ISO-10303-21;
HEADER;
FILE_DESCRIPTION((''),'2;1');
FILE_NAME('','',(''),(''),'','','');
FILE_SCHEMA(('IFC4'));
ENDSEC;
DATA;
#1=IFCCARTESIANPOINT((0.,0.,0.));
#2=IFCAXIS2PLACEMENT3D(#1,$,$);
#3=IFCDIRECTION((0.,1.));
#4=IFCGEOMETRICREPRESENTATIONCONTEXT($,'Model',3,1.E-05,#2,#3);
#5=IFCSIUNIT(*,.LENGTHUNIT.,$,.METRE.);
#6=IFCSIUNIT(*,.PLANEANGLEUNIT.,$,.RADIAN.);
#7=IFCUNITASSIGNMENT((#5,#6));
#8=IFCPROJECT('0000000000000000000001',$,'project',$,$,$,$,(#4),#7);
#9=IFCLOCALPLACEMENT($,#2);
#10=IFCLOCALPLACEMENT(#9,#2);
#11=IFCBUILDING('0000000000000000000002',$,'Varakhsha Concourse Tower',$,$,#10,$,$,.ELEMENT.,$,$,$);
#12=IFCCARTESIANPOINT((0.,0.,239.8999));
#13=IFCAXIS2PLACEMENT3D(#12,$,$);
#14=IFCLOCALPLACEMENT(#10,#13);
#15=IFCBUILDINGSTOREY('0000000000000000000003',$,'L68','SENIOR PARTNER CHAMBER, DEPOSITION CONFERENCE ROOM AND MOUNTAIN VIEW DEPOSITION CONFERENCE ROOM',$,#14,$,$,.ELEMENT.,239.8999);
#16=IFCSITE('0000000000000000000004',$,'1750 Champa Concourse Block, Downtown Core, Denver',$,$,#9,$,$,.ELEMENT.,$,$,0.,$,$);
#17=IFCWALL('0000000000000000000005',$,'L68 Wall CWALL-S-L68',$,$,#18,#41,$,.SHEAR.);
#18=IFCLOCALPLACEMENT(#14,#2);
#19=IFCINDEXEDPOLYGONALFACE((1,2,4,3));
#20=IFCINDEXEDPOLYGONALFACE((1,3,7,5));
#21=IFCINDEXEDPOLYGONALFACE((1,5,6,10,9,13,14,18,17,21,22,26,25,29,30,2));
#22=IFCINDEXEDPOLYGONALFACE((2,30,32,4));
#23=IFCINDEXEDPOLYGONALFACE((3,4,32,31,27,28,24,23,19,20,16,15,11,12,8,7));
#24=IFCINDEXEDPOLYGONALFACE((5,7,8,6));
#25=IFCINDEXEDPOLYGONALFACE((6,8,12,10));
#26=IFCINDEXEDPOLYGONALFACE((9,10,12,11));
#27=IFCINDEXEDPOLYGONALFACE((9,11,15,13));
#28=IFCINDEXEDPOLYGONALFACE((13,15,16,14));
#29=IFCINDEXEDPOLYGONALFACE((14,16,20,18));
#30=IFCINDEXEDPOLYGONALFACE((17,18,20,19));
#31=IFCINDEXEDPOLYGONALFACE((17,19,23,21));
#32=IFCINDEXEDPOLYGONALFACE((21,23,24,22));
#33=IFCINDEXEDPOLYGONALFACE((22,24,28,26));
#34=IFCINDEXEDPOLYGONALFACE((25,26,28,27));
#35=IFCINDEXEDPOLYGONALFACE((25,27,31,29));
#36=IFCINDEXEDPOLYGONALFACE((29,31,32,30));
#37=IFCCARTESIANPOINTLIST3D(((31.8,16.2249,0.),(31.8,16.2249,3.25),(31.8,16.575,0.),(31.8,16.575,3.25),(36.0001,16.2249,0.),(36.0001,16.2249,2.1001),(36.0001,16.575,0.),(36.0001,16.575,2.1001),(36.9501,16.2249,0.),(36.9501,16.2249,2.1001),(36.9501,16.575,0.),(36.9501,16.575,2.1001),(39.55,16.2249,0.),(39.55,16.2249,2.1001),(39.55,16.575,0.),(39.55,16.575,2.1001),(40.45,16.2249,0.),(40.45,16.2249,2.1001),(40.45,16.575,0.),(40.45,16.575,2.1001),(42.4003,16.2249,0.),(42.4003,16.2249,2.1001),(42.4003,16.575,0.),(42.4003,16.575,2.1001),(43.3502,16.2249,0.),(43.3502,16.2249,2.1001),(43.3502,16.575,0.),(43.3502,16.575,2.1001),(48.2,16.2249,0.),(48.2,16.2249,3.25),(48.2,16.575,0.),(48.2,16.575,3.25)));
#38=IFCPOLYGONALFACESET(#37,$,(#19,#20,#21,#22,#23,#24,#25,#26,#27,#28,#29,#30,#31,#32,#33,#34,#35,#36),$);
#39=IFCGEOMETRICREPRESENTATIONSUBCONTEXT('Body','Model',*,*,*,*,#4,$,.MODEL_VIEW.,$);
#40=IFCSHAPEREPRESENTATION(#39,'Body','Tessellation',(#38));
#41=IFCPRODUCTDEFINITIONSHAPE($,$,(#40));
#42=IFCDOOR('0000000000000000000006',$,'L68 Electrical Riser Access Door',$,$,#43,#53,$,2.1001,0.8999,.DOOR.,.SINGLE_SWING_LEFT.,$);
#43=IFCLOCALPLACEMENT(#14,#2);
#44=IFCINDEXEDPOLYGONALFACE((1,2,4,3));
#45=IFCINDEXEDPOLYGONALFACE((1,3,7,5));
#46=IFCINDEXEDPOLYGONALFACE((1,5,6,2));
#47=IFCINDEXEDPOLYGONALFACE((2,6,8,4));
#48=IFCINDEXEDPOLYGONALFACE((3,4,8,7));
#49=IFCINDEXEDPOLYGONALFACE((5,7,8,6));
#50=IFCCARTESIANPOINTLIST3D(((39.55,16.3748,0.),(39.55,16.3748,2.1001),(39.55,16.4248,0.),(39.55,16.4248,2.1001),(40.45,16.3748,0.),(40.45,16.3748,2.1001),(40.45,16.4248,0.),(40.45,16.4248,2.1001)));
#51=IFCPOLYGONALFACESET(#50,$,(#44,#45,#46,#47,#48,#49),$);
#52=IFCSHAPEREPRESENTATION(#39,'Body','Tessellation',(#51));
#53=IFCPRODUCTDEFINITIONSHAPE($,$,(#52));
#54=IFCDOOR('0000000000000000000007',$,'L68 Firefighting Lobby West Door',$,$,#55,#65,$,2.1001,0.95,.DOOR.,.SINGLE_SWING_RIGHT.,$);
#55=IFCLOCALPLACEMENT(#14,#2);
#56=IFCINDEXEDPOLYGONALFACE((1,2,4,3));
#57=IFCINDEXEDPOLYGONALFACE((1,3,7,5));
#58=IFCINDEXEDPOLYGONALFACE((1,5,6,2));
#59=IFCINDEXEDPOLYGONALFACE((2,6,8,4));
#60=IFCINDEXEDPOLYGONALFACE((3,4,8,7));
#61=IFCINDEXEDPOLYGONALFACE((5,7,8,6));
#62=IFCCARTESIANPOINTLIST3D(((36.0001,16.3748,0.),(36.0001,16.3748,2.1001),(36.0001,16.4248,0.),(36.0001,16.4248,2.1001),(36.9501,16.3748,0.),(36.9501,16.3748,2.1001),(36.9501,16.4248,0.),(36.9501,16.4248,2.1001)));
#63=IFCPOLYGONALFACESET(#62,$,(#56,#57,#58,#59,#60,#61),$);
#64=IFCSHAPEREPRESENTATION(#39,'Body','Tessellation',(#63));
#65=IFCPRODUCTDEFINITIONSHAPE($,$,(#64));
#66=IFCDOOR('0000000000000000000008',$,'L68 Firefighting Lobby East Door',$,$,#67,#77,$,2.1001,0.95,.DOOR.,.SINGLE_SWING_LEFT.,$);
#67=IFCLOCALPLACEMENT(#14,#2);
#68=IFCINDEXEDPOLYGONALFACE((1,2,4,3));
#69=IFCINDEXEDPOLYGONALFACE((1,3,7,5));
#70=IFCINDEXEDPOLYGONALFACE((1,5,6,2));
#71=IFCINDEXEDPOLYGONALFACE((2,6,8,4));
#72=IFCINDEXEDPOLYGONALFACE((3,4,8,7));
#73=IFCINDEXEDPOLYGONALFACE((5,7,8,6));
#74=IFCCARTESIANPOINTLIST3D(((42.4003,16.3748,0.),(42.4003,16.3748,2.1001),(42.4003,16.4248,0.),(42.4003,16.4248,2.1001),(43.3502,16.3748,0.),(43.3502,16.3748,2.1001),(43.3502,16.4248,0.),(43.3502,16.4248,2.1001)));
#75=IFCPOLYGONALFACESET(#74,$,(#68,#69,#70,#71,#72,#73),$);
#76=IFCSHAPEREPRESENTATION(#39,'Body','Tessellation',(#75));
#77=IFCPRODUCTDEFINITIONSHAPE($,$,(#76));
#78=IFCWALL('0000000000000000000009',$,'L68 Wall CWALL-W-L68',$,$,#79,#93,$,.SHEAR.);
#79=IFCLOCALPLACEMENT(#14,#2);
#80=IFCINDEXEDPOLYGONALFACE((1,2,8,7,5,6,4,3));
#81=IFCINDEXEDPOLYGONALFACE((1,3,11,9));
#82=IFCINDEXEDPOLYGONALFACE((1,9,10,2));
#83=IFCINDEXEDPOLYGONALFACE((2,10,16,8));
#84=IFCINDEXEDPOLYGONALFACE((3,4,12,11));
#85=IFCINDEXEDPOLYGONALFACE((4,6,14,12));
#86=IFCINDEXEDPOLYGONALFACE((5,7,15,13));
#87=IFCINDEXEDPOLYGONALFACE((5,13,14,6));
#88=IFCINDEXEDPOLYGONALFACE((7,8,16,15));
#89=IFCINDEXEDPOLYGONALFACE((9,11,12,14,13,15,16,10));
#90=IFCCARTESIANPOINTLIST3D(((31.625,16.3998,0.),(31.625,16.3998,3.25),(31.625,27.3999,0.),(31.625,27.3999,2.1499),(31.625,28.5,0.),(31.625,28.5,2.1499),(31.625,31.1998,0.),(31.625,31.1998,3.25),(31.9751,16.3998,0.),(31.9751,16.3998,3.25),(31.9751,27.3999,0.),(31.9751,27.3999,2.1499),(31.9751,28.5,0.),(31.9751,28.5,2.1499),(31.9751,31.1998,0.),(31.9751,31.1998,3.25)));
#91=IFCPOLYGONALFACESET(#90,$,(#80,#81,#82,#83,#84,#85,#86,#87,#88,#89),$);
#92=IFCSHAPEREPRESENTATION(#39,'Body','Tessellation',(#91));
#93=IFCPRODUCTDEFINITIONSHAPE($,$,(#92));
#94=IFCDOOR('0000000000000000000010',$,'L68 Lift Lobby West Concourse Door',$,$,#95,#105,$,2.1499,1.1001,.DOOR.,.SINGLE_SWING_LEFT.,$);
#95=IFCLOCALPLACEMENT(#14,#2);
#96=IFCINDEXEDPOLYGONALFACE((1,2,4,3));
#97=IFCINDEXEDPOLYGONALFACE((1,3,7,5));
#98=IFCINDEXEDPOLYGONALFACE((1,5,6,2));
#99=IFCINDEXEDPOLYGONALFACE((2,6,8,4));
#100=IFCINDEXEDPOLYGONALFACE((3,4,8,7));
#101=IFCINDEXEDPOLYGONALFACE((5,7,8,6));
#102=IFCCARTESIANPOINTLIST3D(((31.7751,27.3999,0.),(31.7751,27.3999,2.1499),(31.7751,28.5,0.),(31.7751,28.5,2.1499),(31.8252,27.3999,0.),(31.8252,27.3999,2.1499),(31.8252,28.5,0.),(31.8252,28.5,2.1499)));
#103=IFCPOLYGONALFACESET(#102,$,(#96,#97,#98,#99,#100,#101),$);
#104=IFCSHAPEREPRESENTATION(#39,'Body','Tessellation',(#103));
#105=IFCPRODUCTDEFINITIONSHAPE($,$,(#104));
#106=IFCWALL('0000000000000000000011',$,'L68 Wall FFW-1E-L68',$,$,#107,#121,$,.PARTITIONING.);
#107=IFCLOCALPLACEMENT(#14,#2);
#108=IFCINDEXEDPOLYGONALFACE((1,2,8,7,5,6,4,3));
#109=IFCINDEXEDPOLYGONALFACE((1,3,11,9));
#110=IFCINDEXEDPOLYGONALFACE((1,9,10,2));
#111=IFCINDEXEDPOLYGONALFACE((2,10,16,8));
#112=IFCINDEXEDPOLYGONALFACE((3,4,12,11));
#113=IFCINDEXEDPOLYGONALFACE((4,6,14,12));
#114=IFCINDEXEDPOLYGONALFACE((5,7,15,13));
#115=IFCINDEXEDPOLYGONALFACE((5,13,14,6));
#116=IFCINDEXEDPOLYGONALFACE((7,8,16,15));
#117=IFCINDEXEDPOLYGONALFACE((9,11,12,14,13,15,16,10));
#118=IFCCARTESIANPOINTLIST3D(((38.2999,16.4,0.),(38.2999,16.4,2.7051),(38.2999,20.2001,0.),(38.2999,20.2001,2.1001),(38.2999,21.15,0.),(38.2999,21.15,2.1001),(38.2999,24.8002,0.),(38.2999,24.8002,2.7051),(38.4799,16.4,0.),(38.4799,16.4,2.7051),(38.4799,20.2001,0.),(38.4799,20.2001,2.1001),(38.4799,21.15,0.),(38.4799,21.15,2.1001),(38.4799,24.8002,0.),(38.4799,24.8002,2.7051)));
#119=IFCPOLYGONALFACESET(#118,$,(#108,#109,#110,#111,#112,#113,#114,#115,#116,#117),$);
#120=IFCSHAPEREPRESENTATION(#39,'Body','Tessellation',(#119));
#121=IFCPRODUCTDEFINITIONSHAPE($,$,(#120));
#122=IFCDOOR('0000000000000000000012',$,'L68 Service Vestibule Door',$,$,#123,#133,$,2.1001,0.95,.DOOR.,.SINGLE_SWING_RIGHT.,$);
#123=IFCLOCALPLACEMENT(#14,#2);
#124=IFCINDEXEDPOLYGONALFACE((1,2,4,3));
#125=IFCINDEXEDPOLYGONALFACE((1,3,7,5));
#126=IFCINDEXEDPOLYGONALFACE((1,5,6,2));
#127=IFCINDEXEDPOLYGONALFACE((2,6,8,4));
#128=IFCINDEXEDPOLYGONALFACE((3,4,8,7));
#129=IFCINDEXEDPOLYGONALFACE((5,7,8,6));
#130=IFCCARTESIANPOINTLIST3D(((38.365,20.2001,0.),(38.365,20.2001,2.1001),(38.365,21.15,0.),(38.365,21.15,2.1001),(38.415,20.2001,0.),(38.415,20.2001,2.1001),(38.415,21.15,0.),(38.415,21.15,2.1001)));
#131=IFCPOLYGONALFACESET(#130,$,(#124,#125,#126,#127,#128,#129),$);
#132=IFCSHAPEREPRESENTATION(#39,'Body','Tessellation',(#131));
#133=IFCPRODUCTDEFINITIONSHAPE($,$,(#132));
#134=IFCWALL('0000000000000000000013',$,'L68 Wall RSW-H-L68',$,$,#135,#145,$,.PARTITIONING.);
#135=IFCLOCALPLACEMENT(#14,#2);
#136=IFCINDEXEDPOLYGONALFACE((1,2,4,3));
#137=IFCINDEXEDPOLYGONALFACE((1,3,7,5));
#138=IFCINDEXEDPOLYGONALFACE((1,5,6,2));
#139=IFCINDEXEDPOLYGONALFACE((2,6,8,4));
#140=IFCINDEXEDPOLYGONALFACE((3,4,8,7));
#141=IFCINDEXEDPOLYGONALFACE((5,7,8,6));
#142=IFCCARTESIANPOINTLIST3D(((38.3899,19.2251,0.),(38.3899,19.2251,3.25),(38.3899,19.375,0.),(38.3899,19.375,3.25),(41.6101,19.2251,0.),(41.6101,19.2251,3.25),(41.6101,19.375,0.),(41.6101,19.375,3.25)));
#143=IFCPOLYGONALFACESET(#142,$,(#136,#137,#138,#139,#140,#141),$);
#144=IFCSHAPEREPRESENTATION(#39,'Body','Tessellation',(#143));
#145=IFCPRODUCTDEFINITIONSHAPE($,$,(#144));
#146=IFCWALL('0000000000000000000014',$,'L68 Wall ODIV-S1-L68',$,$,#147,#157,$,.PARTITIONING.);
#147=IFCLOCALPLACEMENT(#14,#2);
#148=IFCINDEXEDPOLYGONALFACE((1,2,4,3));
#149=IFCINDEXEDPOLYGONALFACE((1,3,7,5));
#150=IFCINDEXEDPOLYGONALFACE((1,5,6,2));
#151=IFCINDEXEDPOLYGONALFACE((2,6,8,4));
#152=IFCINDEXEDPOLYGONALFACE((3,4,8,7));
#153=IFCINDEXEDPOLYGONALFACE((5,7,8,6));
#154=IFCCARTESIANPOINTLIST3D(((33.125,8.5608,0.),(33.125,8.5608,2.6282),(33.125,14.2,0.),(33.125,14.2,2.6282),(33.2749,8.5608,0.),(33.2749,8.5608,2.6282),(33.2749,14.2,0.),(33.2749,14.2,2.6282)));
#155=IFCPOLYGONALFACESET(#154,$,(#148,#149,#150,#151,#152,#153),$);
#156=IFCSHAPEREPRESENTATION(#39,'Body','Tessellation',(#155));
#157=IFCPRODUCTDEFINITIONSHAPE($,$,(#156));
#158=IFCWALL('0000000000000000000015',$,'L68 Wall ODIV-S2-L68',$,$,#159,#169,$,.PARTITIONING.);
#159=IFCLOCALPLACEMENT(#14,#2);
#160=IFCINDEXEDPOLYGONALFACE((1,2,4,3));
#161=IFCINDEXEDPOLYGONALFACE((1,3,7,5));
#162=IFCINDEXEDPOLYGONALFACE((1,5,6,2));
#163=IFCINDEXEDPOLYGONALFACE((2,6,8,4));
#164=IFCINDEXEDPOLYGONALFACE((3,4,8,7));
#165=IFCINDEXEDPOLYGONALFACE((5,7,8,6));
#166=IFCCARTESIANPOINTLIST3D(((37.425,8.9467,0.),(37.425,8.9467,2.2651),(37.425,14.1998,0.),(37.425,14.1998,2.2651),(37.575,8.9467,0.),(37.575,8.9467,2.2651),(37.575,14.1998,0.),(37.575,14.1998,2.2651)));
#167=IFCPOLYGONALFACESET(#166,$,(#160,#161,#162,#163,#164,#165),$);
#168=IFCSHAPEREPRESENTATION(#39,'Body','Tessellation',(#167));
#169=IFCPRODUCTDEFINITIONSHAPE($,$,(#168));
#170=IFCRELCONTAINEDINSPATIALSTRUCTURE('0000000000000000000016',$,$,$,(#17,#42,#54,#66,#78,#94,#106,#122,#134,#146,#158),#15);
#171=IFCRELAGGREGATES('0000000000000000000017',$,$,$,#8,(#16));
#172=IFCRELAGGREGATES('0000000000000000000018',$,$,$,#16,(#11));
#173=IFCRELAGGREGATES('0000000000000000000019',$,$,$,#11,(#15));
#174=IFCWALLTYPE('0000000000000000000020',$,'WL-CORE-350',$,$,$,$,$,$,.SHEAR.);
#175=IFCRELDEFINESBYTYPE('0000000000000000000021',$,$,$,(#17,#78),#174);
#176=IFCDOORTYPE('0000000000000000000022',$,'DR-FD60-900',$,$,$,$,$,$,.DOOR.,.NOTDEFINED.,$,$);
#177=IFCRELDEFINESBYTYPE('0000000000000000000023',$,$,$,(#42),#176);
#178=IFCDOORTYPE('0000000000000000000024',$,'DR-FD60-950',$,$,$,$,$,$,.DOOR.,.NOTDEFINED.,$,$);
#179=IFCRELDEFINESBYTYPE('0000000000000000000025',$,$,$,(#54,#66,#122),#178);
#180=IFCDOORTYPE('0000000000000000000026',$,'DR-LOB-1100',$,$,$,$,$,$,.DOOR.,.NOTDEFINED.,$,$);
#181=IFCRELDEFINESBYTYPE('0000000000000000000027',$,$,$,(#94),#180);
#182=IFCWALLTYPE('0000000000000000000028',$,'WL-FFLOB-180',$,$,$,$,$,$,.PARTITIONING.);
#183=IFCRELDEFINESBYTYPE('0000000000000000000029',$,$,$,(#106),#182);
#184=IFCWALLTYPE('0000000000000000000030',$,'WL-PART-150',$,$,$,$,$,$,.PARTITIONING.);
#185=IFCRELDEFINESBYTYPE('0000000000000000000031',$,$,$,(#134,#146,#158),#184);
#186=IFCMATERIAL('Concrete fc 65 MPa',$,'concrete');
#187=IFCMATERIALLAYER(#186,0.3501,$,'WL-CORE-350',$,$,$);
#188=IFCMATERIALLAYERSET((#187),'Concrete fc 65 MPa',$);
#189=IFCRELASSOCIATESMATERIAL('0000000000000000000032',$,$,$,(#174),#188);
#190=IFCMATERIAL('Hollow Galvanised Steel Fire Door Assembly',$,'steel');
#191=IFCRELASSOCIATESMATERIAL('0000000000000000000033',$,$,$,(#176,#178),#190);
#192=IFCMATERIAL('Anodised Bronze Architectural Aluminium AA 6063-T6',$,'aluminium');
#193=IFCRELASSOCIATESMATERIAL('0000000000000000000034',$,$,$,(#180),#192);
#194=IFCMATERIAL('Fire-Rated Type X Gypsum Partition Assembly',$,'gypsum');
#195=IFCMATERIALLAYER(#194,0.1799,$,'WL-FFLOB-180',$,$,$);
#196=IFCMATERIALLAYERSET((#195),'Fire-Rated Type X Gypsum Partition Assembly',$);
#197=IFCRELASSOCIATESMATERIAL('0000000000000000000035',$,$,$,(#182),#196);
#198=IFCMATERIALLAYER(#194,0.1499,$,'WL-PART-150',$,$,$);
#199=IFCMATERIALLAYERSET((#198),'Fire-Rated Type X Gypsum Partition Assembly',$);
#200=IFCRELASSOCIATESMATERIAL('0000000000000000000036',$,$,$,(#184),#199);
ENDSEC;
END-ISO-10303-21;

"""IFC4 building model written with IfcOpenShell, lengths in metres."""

from ifc_helpers import new_model, si_unit, direction, frame, frame_2d, origin, place, context, subcontext, project, spatial, rectangle, extrude, material, layer, layer_set, type_object, element, fill, save


model = new_model("IFC4")

# Units and contexts
model_context = context("Model", 3, precision=1e-05, world=origin(), true_north=direction((0.0, 1.0)))
body_context = subcontext(model_context, "Body", "Model", "MODEL_VIEW")
ifc_project = project(units=[si_unit("LENGTHUNIT", "METRE"), si_unit("PLANEANGLEUNIT", "RADIAN")], contexts=[model_context])

# Site, building, storey
site_placement = place(None, origin())
site = spatial("IfcSite", under=ifc_project, at=site_placement, Name="1750 Champa Concourse Block, Downtown Core, Denver", CompositionType="ELEMENT", RefElevation=0.0)
building_placement = place(site_placement, origin())
building = spatial("IfcBuilding", under=site, at=building_placement, Name="Varakhsha Concourse Tower", CompositionType="ELEMENT")
storey_placement = place(building_placement, frame((0.0, 0.0, 239.8999)))
storey = spatial("IfcBuildingStorey", under=building, at=storey_placement, Name="L68", Description="SENIOR PARTNER CHAMBER, DEPOSITION CONFERENCE ROOM AND MOUNTAIN VIEW DEPOSITION CONFERENCE ROOM", CompositionType="ELEMENT", Elevation=239.8999)

# Shared definitions
ifc_material_1 = material(Name="Anodised Bronze Architectural Aluminium AA 6063-T6", Category="aluminium")

# Wall, openings, doors
ifc_material_2 = material(Name="Concrete fc 65 MPa", Category="concrete")
ifc_layer_1 = layer(ifc_material_2, 0.3501, Name="WL-CORE-350")
ifc_layer_set_1 = layer_set([ifc_layer_1], Name="Concrete fc 65 MPa")
wall_type_1 = type_object("IfcWallType", Name="WL-CORE-350", PredefinedType="SHEAR", material=ifc_layer_set_1)
wall_1_placement = place(storey_placement, frame((31.8, 16.3999, 0.0), z_axis=(0.0, 0.0, 1.0), x_axis=(1.0, 0.0, 0.0)))
wall_1 = element("IfcWall", 1, at=wall_1_placement, inside=storey, type_object=wall_type_1, Name="L68 Wall CWALL-S-L68", PredefinedType="SHEAR", context=body_context, shape_type="SweptSolid", body=[
    extrude(rectangle(XDim=16.3999, YDim=0.3501, at=frame_2d((8.2, 0.0))), origin(), (0.0, 0.0, 1.0), 3.25),
])
opening_1_placement = place(wall_1_placement, frame((7.75, 0.0, 0.0)))
opening_1 = element("IfcOpeningElement", 2, at=opening_1_placement, cuts=wall_1, PredefinedType="OPENING", context=body_context, shape_type="SweptSolid", body=[
    extrude(rectangle(XDim=0.8999, YDim=2.1001, at=frame_2d((0.45, 1.05))), frame((0.0, 0.1851, 0.0), z_axis=(0.0, -1.0, 0.0), x_axis=(1.0, 0.0, 0.0)), (0.0, 0.0, 1.0), 0.3701),
])
opening_2_placement = place(wall_1_placement, frame((4.2, 0.0, 0.0)))
opening_2 = element("IfcOpeningElement", 3, at=opening_2_placement, cuts=wall_1, PredefinedType="OPENING", context=body_context, shape_type="SweptSolid", body=[
    extrude(rectangle(XDim=0.95, YDim=2.1001, at=frame_2d((0.4751, 1.05))), frame((0.0, 0.1851, 0.0), z_axis=(0.0, -1.0, 0.0), x_axis=(1.0, 0.0, 0.0)), (0.0, 0.0, 1.0), 0.3701),
])
opening_3_placement = place(wall_1_placement, frame((10.6001, 0.0, 0.0)))
opening_3 = element("IfcOpeningElement", 4, at=opening_3_placement, cuts=wall_1, PredefinedType="OPENING", context=body_context, shape_type="SweptSolid", body=[
    extrude(rectangle(XDim=0.95, YDim=2.1001, at=frame_2d((0.4751, 1.05))), frame((0.0, 0.1851, 0.0), z_axis=(0.0, -1.0, 0.0), x_axis=(1.0, 0.0, 0.0)), (0.0, 0.0, 1.0), 0.3701),
])
ifc_material_3 = material(Name="Hollow Galvanised Steel Fire Door Assembly", Category="steel")
door_type_1 = type_object("IfcDoorType", Name="DR-FD60-900", OperationType="NOTDEFINED", PredefinedType="DOOR", material=ifc_material_3)
door_1_placement = place(opening_1_placement, origin())
door_1 = element("IfcDoor", 5, at=door_1_placement, inside=storey, type_object=door_type_1, Name="L68 Electrical Riser Access Door", OperationType="SINGLE_SWING_LEFT", OverallHeight=2.1001, OverallWidth=0.8999, PredefinedType="DOOR", context=body_context, shape_type="SweptSolid", body=[
    extrude(rectangle(XDim=0.8999, YDim=2.1001, at=frame_2d((0.45, 1.05))), frame((0.0, 0.0249, 0.0), z_axis=(0.0, -1.0, 0.0), x_axis=(1.0, 0.0, 0.0)), (0.0, 0.0, 1.0), 0.05),
])
fill(opening_1, door_1)
door_type_2 = type_object("IfcDoorType", Name="DR-FD60-950", OperationType="NOTDEFINED", PredefinedType="DOOR", material=ifc_material_3)
door_2_placement = place(opening_2_placement, origin())
door_2 = element("IfcDoor", 6, at=door_2_placement, inside=storey, type_object=door_type_2, Name="L68 Firefighting Lobby West Door", OperationType="SINGLE_SWING_RIGHT", OverallHeight=2.1001, OverallWidth=0.95, PredefinedType="DOOR", context=body_context, shape_type="SweptSolid", body=[
    extrude(rectangle(XDim=0.95, YDim=2.1001, at=frame_2d((0.4751, 1.05))), frame((0.0, 0.0249, 0.0), z_axis=(0.0, -1.0, 0.0), x_axis=(1.0, 0.0, 0.0)), (0.0, 0.0, 1.0), 0.05),
])
fill(opening_2, door_2)
door_3_placement = place(opening_3_placement, origin())
door_3 = element("IfcDoor", 7, at=door_3_placement, inside=storey, type_object=door_type_2, Name="L68 Firefighting Lobby East Door", OperationType="SINGLE_SWING_LEFT", OverallHeight=2.1001, OverallWidth=0.95, PredefinedType="DOOR", context=body_context, shape_type="SweptSolid", body=[
    extrude(rectangle(XDim=0.95, YDim=2.1001, at=frame_2d((0.4751, 1.05))), frame((0.0, 0.0249, 0.0), z_axis=(0.0, -1.0, 0.0), x_axis=(1.0, 0.0, 0.0)), (0.0, 0.0, 1.0), 0.05),
])
fill(opening_3, door_3)

# Walls, openings, doors
wall_2_placement = place(storey_placement, frame((31.8, 16.3999, 0.0), z_axis=(0.0, 0.0, 1.0), x_axis=(0.0, 1.0, 0.0)))
wall_2 = element("IfcWall", 8, at=wall_2_placement, inside=storey, type_object=wall_type_1, Name="L68 Wall CWALL-W-L68", PredefinedType="SHEAR", context=body_context, shape_type="SweptSolid", body=[
    extrude(rectangle(XDim=14.8, YDim=0.3501, at=frame_2d((7.3999, 0.0))), origin(), (0.0, 0.0, 1.0), 3.25),
])
opening_4_placement = place(wall_2_placement, frame((11.0, 0.0, 0.0)))
opening_4 = element("IfcOpeningElement", 9, at=opening_4_placement, cuts=wall_2, PredefinedType="OPENING", context=body_context, shape_type="SweptSolid", body=[
    extrude(rectangle(XDim=1.1001, YDim=2.1499, at=frame_2d((0.55, 1.075))), frame((0.0, 0.1851, 0.0), z_axis=(0.0, -1.0, 0.0), x_axis=(1.0, 0.0, 0.0)), (0.0, 0.0, 1.0), 0.3701),
])
door_type_3 = type_object("IfcDoorType", Name="DR-LOB-1100", OperationType="NOTDEFINED", PredefinedType="DOOR", material=ifc_material_1)
door_4_placement = place(opening_4_placement, origin())
door_4 = element("IfcDoor", 10, at=door_4_placement, inside=storey, type_object=door_type_3, Name="L68 Lift Lobby West Concourse Door", OperationType="SINGLE_SWING_LEFT", OverallHeight=2.1499, OverallWidth=1.1001, PredefinedType="DOOR", context=body_context, shape_type="SweptSolid", body=[
    extrude(rectangle(XDim=1.1001, YDim=2.1499, at=frame_2d((0.55, 1.075))), frame((0.0, 0.0249, 0.0), z_axis=(0.0, -1.0, 0.0), x_axis=(1.0, 0.0, 0.0)), (0.0, 0.0, 1.0), 0.05),
])
fill(opening_4, door_4)
ifc_material_4 = material(Name="Fire-Rated Type X Gypsum Partition Assembly", Category="gypsum")
ifc_layer_2 = layer(ifc_material_4, 0.1799, Name="WL-FFLOB-180")
ifc_layer_set_2 = layer_set([ifc_layer_2], Name="Fire-Rated Type X Gypsum Partition Assembly")
wall_type_2 = type_object("IfcWallType", Name="WL-FFLOB-180", PredefinedType="PARTITIONING", material=ifc_layer_set_2)
wall_3_placement = place(storey_placement, frame((38.3899, 16.3999, 0.0), z_axis=(0.0, 0.0, 1.0), x_axis=(0.0, 1.0, 0.0)))
wall_3 = element("IfcWall", 11, at=wall_3_placement, inside=storey, type_object=wall_type_2, Name="L68 Wall FFW-1E-L68", PredefinedType="PARTITIONING", context=body_context, shape_type="SweptSolid", body=[
    extrude(rectangle(XDim=8.4001, YDim=0.1799, at=frame_2d((4.2002, 0.0))), origin(), (0.0, 0.0, 1.0), 2.7051),
])
opening_5_placement = place(wall_3_placement, frame((3.8, 0.0, 0.0)))
opening_5 = element("IfcOpeningElement", 12, at=opening_5_placement, cuts=wall_3, PredefinedType="OPENING", context=body_context, shape_type="SweptSolid", body=[
    extrude(rectangle(XDim=0.95, YDim=2.1001, at=frame_2d((0.4751, 1.05))), frame((0.0, 0.0999, 0.0), z_axis=(0.0, -1.0, 0.0), x_axis=(1.0, 0.0, 0.0)), (0.0, 0.0, 1.0), 0.2),
])
door_5_placement = place(opening_5_placement, origin())
door_5 = element("IfcDoor", 13, at=door_5_placement, inside=storey, type_object=door_type_2, Name="L68 Service Vestibule Door", OperationType="SINGLE_SWING_RIGHT", OverallHeight=2.1001, OverallWidth=0.95, PredefinedType="DOOR", context=body_context, shape_type="SweptSolid", body=[
    extrude(rectangle(XDim=0.95, YDim=2.1001, at=frame_2d((0.4751, 1.05))), frame((0.0, 0.0249, 0.0), z_axis=(0.0, -1.0, 0.0), x_axis=(1.0, 0.0, 0.0)), (0.0, 0.0, 1.0), 0.05),
])
fill(opening_5, door_5)

# Walls
ifc_layer_3 = layer(ifc_material_4, 0.1499, Name="WL-PART-150")
ifc_layer_set_3 = layer_set([ifc_layer_3], Name="Fire-Rated Type X Gypsum Partition Assembly")
wall_type_3 = type_object("IfcWallType", Name="WL-PART-150", PredefinedType="PARTITIONING", material=ifc_layer_set_3)
wall_4_placement = place(storey_placement, frame((38.3899, 19.3, 0.0), z_axis=(0.0, 0.0, 1.0), x_axis=(1.0, 0.0, 0.0)))
element("IfcWall", 14, at=wall_4_placement, inside=storey, type_object=wall_type_3, Name="L68 Wall RSW-H-L68", PredefinedType="PARTITIONING", context=body_context, shape_type="SweptSolid", body=[
    extrude(rectangle(XDim=3.2202, YDim=0.1499, at=frame_2d((1.6101, 0.0))), origin(), (0.0, 0.0, 1.0), 3.25),
])
wall_5_placement = place(storey_placement, frame((33.2, 8.5608, 0.0), z_axis=(0.0, 0.0, 1.0), x_axis=(0.0, 1.0, 0.0)))
element("IfcWall", 15, at=wall_5_placement, inside=storey, type_object=wall_type_3, Name="L68 Wall ODIV-S1-L68", PredefinedType="PARTITIONING", context=body_context, shape_type="SweptSolid", body=[
    extrude(rectangle(XDim=5.6392, YDim=0.1499, at=frame_2d((2.8196, 0.0))), origin(), (0.0, 0.0, 1.0), 2.6282),
])
wall_6_placement = place(storey_placement, frame((37.5, 8.9468, 0.0), z_axis=(0.0, 0.0, 1.0), x_axis=(0.0, 1.0, 0.0)))
element("IfcWall", 16, at=wall_6_placement, inside=storey, type_object=wall_type_3, Name="L68 Wall ODIV-S2-L68", PredefinedType="PARTITIONING", context=body_context, shape_type="SweptSolid", body=[
    extrude(rectangle(XDim=5.2532, YDim=0.1499, at=frame_2d((2.6265, 0.0))), origin(), (0.0, 0.0, 1.0), 2.2651),
])

save(model, "model.ifc")
